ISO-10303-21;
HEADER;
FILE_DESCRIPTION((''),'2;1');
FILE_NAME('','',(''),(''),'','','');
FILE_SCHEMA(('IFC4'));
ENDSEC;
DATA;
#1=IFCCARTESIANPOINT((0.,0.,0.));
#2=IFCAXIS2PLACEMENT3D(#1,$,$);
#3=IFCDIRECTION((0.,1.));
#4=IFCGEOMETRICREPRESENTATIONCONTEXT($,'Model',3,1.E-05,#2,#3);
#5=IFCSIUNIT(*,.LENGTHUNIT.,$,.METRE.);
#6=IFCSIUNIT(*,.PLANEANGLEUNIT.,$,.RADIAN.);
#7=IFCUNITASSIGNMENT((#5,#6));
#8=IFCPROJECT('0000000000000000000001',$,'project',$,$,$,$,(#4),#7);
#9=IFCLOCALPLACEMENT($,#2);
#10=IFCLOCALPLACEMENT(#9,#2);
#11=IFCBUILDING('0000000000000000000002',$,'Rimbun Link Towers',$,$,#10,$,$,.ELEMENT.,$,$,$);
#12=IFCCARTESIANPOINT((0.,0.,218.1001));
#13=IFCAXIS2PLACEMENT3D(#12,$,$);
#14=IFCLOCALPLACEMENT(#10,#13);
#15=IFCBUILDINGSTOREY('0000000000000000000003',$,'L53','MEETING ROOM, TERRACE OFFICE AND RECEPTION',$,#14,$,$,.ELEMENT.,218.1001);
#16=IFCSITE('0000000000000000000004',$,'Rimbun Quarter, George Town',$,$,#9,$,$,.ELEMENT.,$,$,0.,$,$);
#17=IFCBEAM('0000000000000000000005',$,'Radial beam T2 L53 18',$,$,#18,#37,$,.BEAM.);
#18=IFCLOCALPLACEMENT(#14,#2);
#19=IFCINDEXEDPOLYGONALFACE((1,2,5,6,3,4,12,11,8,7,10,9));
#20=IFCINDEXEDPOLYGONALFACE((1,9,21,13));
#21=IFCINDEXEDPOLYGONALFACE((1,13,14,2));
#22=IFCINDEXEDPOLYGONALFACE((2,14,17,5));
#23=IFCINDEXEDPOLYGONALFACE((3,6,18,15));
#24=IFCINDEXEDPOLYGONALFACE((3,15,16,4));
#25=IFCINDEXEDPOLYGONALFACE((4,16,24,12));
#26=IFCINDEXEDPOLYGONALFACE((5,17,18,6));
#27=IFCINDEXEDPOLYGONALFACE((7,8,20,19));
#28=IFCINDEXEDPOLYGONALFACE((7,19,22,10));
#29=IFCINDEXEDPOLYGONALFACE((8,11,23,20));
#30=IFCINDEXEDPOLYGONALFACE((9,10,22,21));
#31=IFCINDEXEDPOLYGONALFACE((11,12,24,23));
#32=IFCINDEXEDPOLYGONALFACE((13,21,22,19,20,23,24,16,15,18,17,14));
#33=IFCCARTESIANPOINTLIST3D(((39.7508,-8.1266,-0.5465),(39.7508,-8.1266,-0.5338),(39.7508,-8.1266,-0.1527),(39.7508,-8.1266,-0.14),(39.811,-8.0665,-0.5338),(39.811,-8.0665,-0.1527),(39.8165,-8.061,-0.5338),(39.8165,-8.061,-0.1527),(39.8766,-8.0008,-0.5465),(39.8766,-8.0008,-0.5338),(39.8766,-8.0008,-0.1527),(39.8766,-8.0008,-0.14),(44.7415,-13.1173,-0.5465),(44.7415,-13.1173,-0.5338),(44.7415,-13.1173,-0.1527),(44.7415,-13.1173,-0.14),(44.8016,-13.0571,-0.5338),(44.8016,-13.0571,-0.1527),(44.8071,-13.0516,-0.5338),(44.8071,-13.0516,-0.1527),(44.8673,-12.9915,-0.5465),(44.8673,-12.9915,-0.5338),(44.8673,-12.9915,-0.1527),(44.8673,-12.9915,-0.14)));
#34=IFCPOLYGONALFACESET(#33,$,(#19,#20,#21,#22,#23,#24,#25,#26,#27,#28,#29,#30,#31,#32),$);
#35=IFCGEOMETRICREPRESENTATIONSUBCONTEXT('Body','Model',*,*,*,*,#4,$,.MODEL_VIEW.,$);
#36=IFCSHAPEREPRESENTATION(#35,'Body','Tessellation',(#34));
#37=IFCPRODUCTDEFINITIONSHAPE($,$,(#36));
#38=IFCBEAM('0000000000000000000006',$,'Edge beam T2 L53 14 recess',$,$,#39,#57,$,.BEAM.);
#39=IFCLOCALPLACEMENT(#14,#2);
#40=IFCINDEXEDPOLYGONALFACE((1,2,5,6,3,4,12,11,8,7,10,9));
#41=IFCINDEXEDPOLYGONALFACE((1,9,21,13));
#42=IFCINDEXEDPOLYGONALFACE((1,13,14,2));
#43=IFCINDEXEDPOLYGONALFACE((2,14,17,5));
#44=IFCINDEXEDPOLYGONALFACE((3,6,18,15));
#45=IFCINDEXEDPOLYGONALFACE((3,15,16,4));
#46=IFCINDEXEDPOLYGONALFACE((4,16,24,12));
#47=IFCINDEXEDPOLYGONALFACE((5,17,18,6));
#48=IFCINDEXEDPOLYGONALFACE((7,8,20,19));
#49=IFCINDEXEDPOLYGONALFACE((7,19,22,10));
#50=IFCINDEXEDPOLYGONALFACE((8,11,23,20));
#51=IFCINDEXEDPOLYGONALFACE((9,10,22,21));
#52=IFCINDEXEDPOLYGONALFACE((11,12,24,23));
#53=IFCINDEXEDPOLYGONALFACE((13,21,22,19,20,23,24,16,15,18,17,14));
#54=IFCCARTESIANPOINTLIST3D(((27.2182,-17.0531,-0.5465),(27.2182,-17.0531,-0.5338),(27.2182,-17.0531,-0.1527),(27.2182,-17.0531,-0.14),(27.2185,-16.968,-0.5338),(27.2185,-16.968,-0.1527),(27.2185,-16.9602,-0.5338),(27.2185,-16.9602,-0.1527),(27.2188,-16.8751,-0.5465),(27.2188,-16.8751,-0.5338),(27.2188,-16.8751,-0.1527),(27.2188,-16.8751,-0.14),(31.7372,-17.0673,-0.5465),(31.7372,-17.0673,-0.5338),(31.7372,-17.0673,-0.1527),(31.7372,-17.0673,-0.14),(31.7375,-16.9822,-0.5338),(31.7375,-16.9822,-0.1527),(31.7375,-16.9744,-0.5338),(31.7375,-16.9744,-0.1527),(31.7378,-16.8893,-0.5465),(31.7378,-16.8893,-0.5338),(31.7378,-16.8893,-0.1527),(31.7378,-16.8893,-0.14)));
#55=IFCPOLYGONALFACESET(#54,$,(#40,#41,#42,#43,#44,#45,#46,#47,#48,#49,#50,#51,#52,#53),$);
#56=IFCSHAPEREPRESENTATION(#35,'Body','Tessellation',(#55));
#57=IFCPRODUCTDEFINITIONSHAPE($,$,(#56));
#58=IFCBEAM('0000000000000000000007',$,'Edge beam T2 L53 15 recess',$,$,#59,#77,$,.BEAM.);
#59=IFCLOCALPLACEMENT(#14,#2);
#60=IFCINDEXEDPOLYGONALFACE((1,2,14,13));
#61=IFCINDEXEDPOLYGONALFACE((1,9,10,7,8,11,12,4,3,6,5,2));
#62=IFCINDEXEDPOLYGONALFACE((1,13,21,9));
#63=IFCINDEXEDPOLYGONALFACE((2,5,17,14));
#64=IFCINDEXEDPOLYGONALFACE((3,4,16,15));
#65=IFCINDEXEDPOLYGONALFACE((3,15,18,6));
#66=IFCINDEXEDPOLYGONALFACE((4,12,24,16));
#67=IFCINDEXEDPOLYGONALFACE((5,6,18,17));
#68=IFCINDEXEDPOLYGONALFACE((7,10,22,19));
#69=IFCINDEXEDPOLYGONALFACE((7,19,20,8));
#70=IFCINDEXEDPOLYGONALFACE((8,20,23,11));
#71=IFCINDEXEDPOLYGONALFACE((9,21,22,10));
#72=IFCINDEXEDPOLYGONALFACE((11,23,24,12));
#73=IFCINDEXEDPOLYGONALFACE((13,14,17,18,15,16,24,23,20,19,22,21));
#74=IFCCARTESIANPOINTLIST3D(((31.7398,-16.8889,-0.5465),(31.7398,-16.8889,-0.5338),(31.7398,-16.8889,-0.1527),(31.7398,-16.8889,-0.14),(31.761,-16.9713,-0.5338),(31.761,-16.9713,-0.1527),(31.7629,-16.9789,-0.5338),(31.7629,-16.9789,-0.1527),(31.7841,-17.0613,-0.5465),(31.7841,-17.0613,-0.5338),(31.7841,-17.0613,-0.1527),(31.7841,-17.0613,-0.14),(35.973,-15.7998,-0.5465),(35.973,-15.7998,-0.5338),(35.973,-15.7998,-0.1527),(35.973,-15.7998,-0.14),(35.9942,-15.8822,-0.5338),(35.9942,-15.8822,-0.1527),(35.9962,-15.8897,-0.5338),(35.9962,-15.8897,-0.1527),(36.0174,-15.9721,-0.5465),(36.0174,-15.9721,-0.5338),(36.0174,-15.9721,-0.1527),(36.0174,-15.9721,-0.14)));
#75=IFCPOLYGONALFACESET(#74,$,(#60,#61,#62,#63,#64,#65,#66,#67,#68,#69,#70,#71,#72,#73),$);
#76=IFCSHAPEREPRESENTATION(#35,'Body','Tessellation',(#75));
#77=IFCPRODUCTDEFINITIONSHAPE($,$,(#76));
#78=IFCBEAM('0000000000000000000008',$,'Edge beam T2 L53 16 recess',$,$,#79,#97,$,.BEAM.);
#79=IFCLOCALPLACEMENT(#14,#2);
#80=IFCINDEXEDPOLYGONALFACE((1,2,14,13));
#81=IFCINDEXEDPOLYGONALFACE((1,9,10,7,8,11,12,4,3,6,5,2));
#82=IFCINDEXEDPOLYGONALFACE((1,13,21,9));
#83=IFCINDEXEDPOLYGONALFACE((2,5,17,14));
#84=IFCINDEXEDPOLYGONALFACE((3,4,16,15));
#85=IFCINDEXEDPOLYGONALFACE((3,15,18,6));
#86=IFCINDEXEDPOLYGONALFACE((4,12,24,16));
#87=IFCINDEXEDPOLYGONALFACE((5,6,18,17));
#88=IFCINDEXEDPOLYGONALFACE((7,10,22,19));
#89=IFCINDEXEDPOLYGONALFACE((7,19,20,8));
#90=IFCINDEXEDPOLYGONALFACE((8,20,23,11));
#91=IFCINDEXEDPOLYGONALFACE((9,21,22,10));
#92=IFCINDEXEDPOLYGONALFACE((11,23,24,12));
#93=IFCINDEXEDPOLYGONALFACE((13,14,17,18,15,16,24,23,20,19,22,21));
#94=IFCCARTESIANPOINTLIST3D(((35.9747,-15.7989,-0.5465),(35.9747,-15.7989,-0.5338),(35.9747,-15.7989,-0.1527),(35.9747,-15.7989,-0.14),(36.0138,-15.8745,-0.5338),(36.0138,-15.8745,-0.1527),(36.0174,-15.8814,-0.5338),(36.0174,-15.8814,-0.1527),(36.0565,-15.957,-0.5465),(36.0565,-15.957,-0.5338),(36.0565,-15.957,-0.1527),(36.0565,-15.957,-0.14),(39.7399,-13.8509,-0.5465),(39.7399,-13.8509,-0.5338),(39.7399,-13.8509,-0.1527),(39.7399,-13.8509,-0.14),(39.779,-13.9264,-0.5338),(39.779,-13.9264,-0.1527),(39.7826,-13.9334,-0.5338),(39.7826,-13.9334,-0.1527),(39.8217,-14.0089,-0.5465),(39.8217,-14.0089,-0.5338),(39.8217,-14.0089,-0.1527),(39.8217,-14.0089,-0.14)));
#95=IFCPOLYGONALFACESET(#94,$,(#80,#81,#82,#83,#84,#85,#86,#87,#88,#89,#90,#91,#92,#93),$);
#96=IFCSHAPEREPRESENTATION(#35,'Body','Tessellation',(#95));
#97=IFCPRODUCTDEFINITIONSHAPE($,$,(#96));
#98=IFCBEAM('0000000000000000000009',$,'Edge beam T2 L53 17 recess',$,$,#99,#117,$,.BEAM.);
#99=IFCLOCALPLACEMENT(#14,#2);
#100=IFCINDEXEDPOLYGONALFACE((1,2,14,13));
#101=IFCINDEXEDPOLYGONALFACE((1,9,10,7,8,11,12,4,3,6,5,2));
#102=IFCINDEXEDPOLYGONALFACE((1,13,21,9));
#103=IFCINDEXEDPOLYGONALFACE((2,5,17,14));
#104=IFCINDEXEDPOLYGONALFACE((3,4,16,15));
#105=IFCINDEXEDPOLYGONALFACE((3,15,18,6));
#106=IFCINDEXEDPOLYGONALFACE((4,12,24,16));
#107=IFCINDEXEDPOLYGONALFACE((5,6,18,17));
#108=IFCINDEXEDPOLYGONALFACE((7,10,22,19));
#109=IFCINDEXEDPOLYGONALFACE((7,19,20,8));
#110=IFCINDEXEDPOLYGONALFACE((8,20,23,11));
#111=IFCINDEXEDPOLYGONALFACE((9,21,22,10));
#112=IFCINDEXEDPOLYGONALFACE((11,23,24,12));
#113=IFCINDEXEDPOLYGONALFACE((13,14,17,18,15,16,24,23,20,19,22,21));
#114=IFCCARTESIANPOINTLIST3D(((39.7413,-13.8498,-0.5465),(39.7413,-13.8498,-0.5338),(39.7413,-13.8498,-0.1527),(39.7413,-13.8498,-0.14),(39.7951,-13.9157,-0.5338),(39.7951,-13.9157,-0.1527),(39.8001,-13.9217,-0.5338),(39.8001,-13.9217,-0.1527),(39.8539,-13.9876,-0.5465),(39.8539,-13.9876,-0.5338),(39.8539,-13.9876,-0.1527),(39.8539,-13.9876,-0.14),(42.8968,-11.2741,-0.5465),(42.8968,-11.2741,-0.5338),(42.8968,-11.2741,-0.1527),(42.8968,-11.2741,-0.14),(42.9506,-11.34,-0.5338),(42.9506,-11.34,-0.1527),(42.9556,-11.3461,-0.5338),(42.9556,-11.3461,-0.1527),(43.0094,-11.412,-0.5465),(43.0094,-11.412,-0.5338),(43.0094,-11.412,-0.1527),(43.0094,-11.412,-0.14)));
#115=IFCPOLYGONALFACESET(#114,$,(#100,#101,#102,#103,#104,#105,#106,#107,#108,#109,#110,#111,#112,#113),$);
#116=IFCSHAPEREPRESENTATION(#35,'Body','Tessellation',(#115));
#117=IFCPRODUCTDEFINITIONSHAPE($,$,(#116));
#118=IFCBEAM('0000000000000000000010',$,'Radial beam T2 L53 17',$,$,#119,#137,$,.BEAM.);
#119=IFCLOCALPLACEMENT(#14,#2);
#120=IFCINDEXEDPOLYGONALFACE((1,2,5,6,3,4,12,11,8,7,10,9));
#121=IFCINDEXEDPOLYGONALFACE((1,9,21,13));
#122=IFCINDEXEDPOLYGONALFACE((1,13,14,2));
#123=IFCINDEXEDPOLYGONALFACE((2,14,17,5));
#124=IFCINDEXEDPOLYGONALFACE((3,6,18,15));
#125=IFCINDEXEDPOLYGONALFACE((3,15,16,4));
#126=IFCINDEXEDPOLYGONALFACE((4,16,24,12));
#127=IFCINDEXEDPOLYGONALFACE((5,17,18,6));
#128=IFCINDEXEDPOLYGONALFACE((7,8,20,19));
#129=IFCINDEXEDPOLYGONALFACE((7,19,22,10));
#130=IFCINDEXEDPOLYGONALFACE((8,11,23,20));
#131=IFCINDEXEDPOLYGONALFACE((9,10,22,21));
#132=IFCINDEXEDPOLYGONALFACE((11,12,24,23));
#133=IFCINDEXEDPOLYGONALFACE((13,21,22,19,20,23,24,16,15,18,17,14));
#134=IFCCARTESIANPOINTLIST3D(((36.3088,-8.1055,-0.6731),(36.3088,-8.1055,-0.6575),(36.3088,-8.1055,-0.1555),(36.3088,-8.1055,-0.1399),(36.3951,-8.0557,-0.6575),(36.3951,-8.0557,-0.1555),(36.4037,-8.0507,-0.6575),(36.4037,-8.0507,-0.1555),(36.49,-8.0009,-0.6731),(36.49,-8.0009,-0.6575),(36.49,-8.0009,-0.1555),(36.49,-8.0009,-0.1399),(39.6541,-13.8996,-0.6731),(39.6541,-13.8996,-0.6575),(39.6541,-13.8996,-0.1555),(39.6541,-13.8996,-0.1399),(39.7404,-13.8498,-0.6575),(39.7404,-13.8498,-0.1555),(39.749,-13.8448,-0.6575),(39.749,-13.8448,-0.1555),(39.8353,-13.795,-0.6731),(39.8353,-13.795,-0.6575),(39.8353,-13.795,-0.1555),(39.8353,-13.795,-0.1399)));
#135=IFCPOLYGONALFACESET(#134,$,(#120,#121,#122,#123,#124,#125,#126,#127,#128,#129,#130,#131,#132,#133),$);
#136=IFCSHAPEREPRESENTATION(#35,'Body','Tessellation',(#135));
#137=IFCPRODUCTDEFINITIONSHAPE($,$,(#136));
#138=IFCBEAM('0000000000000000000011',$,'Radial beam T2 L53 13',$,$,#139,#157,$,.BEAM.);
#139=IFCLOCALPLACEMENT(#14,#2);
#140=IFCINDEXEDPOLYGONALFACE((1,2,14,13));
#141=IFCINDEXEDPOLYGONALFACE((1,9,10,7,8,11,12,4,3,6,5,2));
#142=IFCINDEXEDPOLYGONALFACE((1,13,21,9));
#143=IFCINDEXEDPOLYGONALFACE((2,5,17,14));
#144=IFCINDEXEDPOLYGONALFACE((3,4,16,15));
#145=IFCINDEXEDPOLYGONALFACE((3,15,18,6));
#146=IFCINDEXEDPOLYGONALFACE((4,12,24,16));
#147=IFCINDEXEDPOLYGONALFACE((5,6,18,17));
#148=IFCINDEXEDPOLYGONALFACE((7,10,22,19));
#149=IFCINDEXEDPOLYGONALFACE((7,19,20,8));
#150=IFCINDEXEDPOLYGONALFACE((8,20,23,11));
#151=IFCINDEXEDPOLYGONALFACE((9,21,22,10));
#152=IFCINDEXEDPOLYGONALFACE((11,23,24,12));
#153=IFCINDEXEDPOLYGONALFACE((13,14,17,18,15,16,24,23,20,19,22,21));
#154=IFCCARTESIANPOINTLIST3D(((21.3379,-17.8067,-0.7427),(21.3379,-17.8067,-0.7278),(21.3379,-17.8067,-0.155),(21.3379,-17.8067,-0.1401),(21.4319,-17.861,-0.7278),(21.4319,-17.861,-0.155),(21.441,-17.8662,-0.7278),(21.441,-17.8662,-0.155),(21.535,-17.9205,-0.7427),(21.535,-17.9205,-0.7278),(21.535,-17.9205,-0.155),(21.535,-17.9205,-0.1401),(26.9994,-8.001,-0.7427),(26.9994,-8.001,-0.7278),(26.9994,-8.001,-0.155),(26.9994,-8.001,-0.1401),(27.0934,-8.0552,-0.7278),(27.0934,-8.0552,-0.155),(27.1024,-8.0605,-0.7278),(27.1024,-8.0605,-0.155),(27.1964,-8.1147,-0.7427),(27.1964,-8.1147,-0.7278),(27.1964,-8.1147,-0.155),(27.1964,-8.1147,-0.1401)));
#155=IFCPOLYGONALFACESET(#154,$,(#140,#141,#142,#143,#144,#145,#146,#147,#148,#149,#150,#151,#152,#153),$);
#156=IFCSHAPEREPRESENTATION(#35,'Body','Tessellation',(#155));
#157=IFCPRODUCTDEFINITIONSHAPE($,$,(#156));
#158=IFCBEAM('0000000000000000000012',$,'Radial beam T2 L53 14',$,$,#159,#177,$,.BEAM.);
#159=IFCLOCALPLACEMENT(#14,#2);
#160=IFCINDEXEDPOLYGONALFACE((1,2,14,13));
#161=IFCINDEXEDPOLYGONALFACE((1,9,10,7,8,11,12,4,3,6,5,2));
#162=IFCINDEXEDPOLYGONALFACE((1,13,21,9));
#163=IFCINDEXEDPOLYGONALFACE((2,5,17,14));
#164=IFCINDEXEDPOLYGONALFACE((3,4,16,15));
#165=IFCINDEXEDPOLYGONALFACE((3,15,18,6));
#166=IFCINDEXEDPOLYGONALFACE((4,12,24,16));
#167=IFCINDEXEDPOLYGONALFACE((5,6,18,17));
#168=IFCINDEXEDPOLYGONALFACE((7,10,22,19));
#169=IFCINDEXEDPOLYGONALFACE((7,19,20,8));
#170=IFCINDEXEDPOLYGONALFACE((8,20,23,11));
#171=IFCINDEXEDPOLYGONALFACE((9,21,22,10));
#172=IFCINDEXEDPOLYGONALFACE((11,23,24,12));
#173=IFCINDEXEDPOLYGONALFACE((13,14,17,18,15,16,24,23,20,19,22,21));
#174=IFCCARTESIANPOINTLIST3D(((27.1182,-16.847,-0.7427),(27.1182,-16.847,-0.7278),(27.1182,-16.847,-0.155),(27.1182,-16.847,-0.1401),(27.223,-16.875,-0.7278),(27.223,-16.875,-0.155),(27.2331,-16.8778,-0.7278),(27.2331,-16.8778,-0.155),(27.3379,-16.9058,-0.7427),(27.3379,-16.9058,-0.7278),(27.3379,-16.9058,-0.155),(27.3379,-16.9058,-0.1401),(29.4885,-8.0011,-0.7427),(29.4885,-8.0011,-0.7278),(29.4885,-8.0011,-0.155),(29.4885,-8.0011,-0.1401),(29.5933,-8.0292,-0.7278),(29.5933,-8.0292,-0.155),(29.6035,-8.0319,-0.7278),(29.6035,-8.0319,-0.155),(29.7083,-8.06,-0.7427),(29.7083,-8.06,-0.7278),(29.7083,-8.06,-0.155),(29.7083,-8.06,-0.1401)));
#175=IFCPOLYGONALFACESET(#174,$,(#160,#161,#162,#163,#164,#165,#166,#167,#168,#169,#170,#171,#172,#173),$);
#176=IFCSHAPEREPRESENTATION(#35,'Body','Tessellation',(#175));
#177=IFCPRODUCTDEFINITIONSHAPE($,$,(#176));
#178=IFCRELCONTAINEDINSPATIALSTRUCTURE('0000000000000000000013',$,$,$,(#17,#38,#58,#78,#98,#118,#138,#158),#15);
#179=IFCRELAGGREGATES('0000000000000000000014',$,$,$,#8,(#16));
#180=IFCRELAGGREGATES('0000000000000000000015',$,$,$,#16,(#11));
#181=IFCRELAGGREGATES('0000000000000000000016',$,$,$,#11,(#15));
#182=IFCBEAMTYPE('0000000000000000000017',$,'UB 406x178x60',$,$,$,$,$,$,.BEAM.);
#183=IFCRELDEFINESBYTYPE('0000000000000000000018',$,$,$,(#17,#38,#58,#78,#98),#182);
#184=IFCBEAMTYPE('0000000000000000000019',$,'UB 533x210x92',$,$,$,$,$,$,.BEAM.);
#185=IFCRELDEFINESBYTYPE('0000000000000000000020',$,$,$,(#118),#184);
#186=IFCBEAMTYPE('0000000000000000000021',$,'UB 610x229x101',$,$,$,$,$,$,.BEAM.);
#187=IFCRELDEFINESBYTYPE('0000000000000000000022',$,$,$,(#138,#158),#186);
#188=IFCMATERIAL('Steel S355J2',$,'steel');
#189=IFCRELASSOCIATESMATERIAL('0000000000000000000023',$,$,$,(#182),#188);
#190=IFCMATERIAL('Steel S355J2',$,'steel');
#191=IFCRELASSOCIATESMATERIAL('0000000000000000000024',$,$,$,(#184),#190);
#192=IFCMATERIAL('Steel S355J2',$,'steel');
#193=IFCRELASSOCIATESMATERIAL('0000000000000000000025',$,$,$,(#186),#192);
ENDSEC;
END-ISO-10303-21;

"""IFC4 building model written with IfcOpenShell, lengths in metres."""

from ifc_helpers import new_model, si_unit, direction, frame, origin, origin_2d, place, context, subcontext, project, spatial, i_section, extrude, material, material_profile, profile_set, type_object, element, save


model = new_model("IFC4")

# Units and contexts
model_context = context("Model", 3, precision=1e-05, world=origin(), true_north=direction((0.0, 1.0)))
body_context = subcontext(model_context, "Body", "Model", "MODEL_VIEW")
ifc_project = project(units=[si_unit("LENGTHUNIT", "METRE"), si_unit("PLANEANGLEUNIT", "RADIAN")], contexts=[model_context])

# Site, building, storey
site_placement = place(None, origin())
site = spatial("IfcSite", under=ifc_project, at=site_placement, Name="Rimbun Quarter, George Town", CompositionType="ELEMENT", RefElevation=0.0)
building_placement = place(site_placement, origin())
building = spatial("IfcBuilding", under=site, at=building_placement, Name="Rimbun Link Towers", CompositionType="ELEMENT")
storey_placement = place(building_placement, frame((0.0, 0.0, 218.1001)))
storey = spatial("IfcBuildingStorey", under=building, at=storey_placement, Name="L53", Description="MEETING ROOM, TERRACE OFFICE AND RECEPTION", CompositionType="ELEMENT", Elevation=218.1001)

# Beams
ifc_material_1 = material(Name="Steel S355J2", Category="steel")
ifc_material_profile_1 = material_profile(ifc_material_1, i_section(OverallWidth=0.178, OverallDepth=0.4065, WebThickness=0.0078, FlangeThickness=0.0127, at=origin_2d()), Name="UB 406x178x60")
ifc_profile_set_1 = profile_set([ifc_material_profile_1], Name="Steel S355J2")
beam_type_1 = type_object("IfcBeamType", Name="UB 406x178x60", PredefinedType="BEAM", material=ifc_profile_set_1)
beam_1_placement = place(storey_placement, frame((39.8137, -8.0637, -0.3433), z_axis=(0.707107, -0.707107, 0.0), x_axis=(0.707107, 0.707107, 0.0)))
element("IfcBeam", 1, at=beam_1_placement, inside=storey, type_object=beam_type_1, Name="Radial beam T2 L53 18", PredefinedType="BEAM", context=body_context, shape_type="SweptSolid", body=[
    extrude(i_section(OverallWidth=0.178, OverallDepth=0.4065, WebThickness=0.0078, FlangeThickness=0.0127, at=origin_2d()), origin(), (0.0, 0.0, 1.0), 7.0579),
])
beam_2_placement = place(storey_placement, frame((27.2185, -16.9641, -0.3433), z_axis=(0.999995, -0.003133, 0.0), x_axis=(0.003133, 0.999995, 0.0)))
element("IfcBeam", 2, at=beam_2_placement, inside=storey, type_object=beam_type_1, Name="Edge beam T2 L53 14 recess", PredefinedType="BEAM", context=body_context, shape_type="SweptSolid", body=[
    extrude(i_section(OverallWidth=0.178, OverallDepth=0.4065, WebThickness=0.0078, FlangeThickness=0.0127, at=origin_2d()), origin(), (0.0, 0.0, 1.0), 4.519),
])
beam_3_placement = place(storey_placement, frame((31.762, -16.9751, -0.3433), z_axis=(0.968461, 0.249167, 0.0), x_axis=(-0.249167, 0.968461, 0.0)))
element("IfcBeam", 3, at=beam_3_placement, inside=storey, type_object=beam_type_1, Name="Edge beam T2 L53 15 recess", PredefinedType="BEAM", context=body_context, shape_type="SweptSolid", body=[
    extrude(i_section(OverallWidth=0.178, OverallDepth=0.4065, WebThickness=0.0078, FlangeThickness=0.0127, at=origin_2d()), origin(), (0.0, 0.0, 1.0), 4.3711),
])
beam_4_placement = place(storey_placement, frame((36.0156, -15.8779, -0.3433), z_axis=(0.888168, 0.459518, 0.0), x_axis=(-0.459518, 0.888168, 0.0)))
element("IfcBeam", 4, at=beam_4_placement, inside=storey, type_object=beam_type_1, Name="Edge beam T2 L53 16 recess", PredefinedType="BEAM", context=body_context, shape_type="SweptSolid", body=[
    extrude(i_section(OverallWidth=0.178, OverallDepth=0.4065, WebThickness=0.0078, FlangeThickness=0.0127, at=origin_2d()), origin(), (0.0, 0.0, 1.0), 4.2393),
])
beam_5_placement = place(storey_placement, frame((39.7976, -13.9187, -0.3433), z_axis=(0.774691, 0.63234, 0.0), x_axis=(-0.63234, 0.774691, 0.0)))
element("IfcBeam", 5, at=beam_5_placement, inside=storey, type_object=beam_type_1, Name="Edge beam T2 L53 17 recess", PredefinedType="BEAM", context=body_context, shape_type="SweptSolid", body=[
    extrude(i_section(OverallWidth=0.178, OverallDepth=0.4065, WebThickness=0.0078, FlangeThickness=0.0127, at=origin_2d()), origin(), (0.0, 0.0, 1.0), 4.0732),
])
ifc_material_2 = material(Name="Steel S355J2", Category="steel")
ifc_material_profile_2 = material_profile(ifc_material_2, i_section(OverallWidth=0.2092, OverallDepth=0.5332, WebThickness=0.01, FlangeThickness=0.0156, at=origin_2d()), Name="UB 533x210x92")
ifc_profile_set_2 = profile_set([ifc_material_profile_2], Name="Steel S355J2")
beam_type_2 = type_object("IfcBeamType", Name="UB 533x210x92", PredefinedType="BEAM", material=ifc_profile_set_2)
beam_6_placement = place(storey_placement, frame((36.3994, -8.0532, -0.4065), z_axis=(0.500009, -0.86602, 0.0), x_axis=(0.86602, 0.500009, 0.0)))
element("IfcBeam", 6, at=beam_6_placement, inside=storey, type_object=beam_type_2, Name="Radial beam T2 L53 17", PredefinedType="BEAM", context=body_context, shape_type="SweptSolid", body=[
    extrude(i_section(OverallWidth=0.2092, OverallDepth=0.5332, WebThickness=0.01, FlangeThickness=0.0156, at=origin_2d()), origin(), (0.0, 0.0, 1.0), 6.6904),
])
ifc_material_3 = material(Name="Steel S355J2", Category="steel")
ifc_material_profile_3 = material_profile(ifc_material_3, i_section(OverallWidth=0.2275, OverallDepth=0.6025, WebThickness=0.0105, FlangeThickness=0.0149, at=origin_2d()), Name="UB 610x229x101")
ifc_profile_set_3 = profile_set([ifc_material_profile_3], Name="Steel S355J2")
beam_type_3 = type_object("IfcBeamType", Name="UB 610x229x101", PredefinedType="BEAM", material=ifc_profile_set_3)
beam_7_placement = place(storey_placement, frame((27.0979, -8.0579, -0.4414), z_axis=(-0.500005, -0.866023, 0.0), x_axis=(0.866023, -0.500005, 0.0)))
element("IfcBeam", 7, at=beam_7_placement, inside=storey, type_object=beam_type_3, Name="Radial beam T2 L53 13", PredefinedType="BEAM", context=body_context, shape_type="SweptSolid", body=[
    extrude(i_section(OverallWidth=0.2275, OverallDepth=0.6025, WebThickness=0.0105, FlangeThickness=0.0149, at=origin_2d()), origin(), (0.0, 0.0, 1.0), 11.3228),
])
beam_8_placement = place(storey_placement, frame((29.5984, -8.0305, -0.4414), z_axis=(-0.258829, -0.965923, 0.0), x_axis=(0.965923, -0.258829, 0.0)))
element("IfcBeam", 8, at=beam_8_placement, inside=storey, type_object=beam_type_3, Name="Radial beam T2 L53 14", PredefinedType="BEAM", context=body_context, shape_type="SweptSolid", body=[
    extrude(i_section(OverallWidth=0.2275, OverallDepth=0.6025, WebThickness=0.0105, FlangeThickness=0.0149, at=origin_2d()), origin(), (0.0, 0.0, 1.0), 9.158),
])

save(model, "model.ifc")
